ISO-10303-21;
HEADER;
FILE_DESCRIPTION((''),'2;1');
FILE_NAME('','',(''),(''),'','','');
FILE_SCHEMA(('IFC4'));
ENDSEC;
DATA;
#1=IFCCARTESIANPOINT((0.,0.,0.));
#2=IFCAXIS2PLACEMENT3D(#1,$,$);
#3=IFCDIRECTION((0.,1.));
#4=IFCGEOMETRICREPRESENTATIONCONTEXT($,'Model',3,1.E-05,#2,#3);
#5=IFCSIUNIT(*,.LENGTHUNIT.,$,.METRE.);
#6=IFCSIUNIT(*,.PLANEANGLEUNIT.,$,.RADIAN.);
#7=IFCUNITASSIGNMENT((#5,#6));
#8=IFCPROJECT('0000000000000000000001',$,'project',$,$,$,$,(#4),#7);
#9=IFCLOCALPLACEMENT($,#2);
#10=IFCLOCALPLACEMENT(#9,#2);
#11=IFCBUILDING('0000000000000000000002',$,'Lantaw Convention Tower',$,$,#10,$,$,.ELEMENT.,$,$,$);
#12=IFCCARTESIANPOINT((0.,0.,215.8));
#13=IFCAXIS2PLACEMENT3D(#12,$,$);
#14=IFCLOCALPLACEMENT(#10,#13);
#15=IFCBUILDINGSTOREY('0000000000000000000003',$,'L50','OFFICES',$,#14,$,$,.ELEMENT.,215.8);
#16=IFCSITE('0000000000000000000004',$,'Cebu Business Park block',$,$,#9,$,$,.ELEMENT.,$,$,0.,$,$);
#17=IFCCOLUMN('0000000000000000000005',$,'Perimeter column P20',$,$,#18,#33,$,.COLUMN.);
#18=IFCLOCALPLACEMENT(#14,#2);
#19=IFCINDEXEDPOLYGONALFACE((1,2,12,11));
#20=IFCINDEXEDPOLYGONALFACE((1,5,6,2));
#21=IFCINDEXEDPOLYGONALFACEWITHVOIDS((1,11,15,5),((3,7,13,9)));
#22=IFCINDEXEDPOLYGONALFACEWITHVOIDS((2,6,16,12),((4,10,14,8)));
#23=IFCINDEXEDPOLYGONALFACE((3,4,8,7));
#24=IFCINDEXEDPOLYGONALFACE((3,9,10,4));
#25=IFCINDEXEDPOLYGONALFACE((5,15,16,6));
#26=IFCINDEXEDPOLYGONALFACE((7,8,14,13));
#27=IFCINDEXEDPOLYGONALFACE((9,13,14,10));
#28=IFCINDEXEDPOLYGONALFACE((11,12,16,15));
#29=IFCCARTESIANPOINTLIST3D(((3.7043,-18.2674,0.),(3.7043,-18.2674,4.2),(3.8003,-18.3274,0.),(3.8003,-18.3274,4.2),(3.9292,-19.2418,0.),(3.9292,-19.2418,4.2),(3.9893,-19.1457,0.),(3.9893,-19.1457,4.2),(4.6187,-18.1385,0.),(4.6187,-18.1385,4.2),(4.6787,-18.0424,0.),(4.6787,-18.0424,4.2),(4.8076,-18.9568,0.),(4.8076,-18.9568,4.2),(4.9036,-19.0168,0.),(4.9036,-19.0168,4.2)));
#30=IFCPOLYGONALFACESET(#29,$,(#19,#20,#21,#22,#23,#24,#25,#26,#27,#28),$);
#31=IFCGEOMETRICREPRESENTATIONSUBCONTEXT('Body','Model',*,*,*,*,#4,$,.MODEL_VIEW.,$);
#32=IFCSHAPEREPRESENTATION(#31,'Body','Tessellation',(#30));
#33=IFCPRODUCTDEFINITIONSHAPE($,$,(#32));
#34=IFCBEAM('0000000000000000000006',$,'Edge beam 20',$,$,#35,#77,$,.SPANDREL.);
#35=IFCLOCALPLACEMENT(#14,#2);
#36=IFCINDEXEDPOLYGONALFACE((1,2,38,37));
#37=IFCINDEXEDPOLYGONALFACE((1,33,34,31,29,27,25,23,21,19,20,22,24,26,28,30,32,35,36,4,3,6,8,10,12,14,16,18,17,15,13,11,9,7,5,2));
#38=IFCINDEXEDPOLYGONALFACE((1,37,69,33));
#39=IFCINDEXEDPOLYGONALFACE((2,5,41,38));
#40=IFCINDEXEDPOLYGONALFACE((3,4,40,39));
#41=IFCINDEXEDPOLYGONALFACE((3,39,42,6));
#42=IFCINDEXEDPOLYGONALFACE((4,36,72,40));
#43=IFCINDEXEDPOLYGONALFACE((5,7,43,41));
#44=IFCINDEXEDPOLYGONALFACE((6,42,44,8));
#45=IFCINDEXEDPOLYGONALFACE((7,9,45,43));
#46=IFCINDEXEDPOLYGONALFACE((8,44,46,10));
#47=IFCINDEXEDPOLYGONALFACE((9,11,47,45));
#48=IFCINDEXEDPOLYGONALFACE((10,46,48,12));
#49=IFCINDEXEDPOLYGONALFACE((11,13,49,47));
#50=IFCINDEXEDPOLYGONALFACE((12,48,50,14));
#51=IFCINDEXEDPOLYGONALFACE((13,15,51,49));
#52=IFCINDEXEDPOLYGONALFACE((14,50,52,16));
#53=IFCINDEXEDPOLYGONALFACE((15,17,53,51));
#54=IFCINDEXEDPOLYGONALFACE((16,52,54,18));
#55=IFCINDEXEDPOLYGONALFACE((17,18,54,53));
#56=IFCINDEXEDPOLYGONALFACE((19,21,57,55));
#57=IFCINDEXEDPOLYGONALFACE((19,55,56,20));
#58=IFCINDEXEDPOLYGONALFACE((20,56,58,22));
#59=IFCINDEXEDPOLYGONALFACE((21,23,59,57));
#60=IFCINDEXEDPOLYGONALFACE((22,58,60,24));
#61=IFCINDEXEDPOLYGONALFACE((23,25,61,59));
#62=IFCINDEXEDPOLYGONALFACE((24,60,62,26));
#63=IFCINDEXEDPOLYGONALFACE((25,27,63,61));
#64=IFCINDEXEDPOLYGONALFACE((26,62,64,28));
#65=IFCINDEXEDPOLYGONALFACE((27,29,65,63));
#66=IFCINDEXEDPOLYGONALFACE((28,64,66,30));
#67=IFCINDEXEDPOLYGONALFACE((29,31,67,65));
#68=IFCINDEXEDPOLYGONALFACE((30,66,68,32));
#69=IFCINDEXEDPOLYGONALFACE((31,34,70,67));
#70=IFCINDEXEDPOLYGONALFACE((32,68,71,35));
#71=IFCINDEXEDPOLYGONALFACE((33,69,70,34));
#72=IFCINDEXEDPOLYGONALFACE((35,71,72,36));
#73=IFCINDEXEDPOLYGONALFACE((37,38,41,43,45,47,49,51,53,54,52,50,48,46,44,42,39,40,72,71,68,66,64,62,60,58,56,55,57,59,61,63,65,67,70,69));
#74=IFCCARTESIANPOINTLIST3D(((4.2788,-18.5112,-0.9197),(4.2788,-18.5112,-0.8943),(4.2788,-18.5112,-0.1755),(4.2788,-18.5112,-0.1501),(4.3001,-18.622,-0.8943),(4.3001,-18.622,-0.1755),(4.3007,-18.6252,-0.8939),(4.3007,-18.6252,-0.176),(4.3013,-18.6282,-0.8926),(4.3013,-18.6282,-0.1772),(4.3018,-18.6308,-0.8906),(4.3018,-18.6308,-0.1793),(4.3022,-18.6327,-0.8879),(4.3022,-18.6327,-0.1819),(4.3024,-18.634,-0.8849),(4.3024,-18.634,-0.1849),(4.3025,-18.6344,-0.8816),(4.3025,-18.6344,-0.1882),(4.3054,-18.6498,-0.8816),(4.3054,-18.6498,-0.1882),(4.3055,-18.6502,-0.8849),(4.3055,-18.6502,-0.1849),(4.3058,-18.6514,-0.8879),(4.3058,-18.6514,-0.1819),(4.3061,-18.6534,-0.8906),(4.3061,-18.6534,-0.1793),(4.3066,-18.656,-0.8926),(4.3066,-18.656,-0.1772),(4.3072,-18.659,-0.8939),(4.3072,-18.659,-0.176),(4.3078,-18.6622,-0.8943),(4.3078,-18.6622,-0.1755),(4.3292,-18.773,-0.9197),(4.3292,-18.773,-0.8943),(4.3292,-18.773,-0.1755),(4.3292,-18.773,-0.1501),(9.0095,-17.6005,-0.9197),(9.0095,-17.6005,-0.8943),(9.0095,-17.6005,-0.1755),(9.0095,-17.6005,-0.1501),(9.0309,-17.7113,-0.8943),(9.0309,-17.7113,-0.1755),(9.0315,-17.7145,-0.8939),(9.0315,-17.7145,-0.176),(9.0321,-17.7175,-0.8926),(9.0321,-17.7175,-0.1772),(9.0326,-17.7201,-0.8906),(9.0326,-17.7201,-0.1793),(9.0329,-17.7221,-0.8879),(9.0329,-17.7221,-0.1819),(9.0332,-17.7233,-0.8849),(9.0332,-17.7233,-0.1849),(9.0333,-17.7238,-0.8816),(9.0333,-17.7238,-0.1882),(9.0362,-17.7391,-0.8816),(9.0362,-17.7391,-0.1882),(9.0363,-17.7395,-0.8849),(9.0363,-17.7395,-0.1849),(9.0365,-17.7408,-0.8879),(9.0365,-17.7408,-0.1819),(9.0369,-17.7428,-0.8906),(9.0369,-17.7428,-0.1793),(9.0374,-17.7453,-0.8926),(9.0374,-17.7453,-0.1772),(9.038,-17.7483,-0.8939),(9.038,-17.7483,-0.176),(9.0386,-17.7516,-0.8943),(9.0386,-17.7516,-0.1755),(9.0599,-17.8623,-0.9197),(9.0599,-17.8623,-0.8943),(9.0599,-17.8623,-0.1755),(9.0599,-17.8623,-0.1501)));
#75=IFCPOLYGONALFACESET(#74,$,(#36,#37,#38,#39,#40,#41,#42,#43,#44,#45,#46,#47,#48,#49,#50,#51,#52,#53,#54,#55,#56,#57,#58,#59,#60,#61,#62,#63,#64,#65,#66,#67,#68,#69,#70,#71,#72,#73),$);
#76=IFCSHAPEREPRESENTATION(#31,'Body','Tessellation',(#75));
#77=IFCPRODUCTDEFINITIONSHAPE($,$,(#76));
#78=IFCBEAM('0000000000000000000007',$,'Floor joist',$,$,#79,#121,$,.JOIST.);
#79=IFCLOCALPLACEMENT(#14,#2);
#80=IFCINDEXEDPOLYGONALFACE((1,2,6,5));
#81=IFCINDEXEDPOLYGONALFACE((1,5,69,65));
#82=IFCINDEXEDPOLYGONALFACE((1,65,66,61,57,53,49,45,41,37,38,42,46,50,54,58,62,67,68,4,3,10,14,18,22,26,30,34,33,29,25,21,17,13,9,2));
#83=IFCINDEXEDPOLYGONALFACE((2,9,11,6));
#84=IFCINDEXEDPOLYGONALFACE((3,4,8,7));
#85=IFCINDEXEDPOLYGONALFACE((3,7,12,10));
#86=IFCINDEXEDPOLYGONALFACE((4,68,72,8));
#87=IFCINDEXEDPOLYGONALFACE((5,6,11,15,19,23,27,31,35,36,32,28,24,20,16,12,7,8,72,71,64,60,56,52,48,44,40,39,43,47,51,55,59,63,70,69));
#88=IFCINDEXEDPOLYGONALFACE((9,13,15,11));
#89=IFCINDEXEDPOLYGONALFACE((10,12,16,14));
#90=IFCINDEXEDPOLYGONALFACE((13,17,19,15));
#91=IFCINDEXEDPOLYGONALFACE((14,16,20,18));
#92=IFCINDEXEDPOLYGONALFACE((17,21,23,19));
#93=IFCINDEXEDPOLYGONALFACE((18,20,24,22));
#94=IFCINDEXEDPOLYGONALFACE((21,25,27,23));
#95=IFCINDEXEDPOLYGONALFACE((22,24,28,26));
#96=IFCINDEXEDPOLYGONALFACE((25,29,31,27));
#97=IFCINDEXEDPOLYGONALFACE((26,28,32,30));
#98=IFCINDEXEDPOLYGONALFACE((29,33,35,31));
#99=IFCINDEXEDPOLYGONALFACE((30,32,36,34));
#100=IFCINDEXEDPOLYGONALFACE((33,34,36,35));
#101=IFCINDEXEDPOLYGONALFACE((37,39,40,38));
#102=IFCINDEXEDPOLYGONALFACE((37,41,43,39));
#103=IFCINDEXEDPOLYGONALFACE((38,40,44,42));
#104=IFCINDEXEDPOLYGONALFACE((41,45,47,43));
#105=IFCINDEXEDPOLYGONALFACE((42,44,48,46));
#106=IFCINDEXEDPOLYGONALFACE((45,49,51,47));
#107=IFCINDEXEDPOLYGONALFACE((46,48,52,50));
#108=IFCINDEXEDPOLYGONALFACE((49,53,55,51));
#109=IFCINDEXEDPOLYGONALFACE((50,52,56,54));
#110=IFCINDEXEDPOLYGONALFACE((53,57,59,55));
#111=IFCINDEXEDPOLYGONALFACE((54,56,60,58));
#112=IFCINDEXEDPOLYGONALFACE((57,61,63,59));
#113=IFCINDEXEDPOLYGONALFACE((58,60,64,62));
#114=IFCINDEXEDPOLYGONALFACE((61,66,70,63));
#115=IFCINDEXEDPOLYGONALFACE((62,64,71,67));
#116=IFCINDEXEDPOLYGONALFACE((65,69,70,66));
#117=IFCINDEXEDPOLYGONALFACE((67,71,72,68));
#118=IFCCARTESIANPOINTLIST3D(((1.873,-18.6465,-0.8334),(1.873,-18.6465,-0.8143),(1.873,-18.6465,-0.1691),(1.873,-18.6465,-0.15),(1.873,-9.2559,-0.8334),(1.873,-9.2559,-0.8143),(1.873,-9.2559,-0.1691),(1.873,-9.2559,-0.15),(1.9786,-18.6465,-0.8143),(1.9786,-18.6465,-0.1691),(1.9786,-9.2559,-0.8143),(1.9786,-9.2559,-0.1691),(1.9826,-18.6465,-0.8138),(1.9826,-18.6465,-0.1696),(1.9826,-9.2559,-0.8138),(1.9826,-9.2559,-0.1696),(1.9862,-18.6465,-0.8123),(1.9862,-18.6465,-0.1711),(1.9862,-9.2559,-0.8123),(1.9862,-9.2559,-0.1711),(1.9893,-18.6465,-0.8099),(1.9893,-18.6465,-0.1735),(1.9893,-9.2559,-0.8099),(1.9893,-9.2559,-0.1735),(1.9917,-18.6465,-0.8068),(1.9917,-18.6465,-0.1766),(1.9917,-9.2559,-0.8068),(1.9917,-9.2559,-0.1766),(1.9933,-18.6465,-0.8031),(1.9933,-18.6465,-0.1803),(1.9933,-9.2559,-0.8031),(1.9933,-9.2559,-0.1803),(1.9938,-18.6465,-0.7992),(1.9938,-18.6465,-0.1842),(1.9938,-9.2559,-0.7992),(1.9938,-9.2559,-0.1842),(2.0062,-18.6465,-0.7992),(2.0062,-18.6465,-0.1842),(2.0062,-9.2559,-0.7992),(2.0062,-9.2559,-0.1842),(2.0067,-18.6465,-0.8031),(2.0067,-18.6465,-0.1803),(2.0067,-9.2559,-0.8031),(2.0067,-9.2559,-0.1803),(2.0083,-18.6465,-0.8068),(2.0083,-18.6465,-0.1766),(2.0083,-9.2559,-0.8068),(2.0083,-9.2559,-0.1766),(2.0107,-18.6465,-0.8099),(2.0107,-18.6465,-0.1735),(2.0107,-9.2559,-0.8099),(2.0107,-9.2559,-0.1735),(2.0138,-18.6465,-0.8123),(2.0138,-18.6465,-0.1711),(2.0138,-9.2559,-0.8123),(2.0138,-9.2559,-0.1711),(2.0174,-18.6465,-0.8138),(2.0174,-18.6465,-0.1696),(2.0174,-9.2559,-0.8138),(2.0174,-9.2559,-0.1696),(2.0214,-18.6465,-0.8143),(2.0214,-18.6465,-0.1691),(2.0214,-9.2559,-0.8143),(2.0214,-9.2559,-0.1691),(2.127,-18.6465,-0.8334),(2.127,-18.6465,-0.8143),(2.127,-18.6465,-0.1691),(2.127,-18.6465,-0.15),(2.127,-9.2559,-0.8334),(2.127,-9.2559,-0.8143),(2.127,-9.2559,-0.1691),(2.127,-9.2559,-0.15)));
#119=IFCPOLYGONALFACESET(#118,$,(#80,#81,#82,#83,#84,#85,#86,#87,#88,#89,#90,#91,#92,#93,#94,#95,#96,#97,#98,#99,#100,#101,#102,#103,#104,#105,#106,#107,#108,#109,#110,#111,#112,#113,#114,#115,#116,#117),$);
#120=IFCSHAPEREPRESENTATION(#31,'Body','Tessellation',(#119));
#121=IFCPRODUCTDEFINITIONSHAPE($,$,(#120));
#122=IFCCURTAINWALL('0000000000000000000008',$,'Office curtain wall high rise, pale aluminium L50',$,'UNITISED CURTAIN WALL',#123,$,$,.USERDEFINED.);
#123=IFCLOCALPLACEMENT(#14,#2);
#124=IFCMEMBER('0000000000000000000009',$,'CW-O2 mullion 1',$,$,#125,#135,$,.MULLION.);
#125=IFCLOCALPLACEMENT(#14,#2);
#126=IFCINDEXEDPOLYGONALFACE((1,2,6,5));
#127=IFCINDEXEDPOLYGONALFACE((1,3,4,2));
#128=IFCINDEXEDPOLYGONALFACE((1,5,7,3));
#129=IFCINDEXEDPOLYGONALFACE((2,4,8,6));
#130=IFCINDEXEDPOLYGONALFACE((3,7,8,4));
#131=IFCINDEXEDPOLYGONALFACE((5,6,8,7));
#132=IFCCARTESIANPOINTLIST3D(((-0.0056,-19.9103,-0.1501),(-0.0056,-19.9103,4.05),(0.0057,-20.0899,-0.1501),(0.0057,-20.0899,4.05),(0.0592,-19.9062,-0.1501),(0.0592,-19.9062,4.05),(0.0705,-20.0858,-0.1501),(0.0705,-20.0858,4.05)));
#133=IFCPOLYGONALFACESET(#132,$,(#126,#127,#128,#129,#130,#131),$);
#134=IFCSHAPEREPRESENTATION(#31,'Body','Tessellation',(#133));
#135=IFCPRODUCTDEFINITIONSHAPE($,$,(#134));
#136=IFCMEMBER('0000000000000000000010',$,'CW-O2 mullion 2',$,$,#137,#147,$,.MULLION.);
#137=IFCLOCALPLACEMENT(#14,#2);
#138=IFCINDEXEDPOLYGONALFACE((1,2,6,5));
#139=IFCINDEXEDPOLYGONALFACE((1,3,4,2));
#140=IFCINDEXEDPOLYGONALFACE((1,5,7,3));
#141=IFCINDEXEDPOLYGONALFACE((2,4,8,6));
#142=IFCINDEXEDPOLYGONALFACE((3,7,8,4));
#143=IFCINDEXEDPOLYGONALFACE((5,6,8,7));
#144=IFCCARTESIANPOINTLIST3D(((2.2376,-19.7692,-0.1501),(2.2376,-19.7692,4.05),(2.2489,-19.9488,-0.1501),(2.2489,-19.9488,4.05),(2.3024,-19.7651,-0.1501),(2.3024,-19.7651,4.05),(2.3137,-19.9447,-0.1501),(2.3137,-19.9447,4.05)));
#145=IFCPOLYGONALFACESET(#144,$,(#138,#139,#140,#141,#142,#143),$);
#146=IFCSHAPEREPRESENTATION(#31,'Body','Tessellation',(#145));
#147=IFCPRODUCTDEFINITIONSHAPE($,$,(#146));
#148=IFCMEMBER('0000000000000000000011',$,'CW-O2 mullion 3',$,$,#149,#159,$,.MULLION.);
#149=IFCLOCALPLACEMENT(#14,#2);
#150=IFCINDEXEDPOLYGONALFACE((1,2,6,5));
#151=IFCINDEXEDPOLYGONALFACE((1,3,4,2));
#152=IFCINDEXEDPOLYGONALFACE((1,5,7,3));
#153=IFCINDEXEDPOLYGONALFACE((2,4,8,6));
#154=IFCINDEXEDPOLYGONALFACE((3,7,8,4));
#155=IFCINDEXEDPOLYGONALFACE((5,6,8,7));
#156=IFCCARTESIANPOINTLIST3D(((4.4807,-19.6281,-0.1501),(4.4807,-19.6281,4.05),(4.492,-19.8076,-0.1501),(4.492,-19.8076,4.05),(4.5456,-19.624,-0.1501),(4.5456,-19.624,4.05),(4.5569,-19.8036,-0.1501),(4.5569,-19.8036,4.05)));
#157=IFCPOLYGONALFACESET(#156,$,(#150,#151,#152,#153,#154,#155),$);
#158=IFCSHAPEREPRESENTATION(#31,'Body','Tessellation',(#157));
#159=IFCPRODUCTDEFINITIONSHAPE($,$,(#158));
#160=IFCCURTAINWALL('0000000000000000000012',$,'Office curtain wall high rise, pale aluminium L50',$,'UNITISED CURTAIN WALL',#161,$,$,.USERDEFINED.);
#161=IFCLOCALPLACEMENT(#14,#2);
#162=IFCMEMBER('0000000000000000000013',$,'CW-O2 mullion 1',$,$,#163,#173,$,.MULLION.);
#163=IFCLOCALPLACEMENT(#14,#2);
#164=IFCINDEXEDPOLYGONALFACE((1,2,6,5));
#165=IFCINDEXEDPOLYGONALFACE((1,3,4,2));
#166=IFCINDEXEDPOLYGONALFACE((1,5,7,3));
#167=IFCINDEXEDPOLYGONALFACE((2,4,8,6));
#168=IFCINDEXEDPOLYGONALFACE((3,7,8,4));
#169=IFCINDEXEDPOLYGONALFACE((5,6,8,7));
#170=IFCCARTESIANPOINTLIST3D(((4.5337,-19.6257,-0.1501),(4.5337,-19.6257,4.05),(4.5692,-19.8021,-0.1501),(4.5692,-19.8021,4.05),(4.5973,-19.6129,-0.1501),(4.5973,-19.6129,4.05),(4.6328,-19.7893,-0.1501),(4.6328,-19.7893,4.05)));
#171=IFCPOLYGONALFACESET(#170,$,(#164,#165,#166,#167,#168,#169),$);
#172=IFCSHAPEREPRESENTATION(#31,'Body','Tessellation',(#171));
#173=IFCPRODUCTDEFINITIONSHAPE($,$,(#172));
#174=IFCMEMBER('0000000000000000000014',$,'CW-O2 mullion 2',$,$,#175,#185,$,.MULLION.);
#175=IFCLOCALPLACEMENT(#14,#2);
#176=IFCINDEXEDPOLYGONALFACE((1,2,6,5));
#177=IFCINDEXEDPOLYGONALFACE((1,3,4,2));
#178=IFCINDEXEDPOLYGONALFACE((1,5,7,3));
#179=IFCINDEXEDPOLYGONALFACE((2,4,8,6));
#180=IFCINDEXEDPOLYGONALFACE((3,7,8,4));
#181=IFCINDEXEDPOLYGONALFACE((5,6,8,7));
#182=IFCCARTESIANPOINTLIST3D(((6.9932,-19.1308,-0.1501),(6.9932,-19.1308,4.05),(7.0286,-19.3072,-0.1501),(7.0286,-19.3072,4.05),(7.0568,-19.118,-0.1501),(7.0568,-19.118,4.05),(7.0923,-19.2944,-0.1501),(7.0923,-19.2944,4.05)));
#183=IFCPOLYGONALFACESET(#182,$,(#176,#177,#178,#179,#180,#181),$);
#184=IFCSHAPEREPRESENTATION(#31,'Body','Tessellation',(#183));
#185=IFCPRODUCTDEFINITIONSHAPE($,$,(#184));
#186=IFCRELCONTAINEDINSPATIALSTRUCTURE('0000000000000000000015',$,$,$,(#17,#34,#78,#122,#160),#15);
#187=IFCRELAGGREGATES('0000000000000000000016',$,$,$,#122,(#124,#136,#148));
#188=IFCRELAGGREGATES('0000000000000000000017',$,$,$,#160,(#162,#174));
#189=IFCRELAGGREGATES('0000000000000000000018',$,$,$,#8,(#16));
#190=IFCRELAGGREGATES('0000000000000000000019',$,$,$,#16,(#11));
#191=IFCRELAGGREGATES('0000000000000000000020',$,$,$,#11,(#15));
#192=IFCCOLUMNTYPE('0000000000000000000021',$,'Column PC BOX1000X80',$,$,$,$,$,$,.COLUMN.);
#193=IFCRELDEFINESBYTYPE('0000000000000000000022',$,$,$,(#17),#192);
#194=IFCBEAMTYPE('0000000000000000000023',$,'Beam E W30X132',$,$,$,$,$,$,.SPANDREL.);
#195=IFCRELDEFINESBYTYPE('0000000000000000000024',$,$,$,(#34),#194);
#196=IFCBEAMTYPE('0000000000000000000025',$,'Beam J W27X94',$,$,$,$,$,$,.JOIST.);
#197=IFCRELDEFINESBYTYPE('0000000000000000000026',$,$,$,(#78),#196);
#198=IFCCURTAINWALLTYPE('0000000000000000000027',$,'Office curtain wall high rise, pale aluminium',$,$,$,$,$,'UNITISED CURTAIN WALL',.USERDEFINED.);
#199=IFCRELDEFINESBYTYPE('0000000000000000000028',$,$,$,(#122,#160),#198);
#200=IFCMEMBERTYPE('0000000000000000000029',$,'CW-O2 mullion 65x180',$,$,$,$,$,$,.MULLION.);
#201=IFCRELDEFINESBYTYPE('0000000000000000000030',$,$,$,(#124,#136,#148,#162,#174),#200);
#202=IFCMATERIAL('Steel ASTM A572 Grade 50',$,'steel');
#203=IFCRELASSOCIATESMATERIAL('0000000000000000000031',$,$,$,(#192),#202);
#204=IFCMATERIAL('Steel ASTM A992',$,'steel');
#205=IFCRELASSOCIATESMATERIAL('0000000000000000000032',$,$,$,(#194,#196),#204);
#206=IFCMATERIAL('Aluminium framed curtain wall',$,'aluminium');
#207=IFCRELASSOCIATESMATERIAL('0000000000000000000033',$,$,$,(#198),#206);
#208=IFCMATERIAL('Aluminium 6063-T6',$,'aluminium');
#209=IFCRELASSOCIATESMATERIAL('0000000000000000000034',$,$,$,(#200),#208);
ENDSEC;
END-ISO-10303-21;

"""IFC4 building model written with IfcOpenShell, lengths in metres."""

from ifc_helpers import new_model, si_unit, direction, frame, origin, origin_2d, place, context, subcontext, project, spatial, rectangle, hollow_rectangle, i_section, extrude, material, material_profile, profile_set, type_object, element, aggregate, save


model = new_model("IFC4")

# Units and contexts
model_context = context("Model", 3, precision=1e-05, world=origin(), true_north=direction((0.0, 1.0)))
body_context = subcontext(model_context, "Body", "Model", "MODEL_VIEW")
ifc_project = project(units=[si_unit("LENGTHUNIT", "METRE"), si_unit("PLANEANGLEUNIT", "RADIAN")], contexts=[model_context])

# Site, building, storey
site_placement = place(None, origin())
site = spatial("IfcSite", under=ifc_project, at=site_placement, Name="Cebu Business Park block", CompositionType="ELEMENT", RefElevation=0.0)
building_placement = place(site_placement, origin())
building = spatial("IfcBuilding", under=site, at=building_placement, Name="Lantaw Convention Tower", CompositionType="ELEMENT")
storey_placement = place(building_placement, frame((0.0, 0.0, 215.8)))
storey = spatial("IfcBuildingStorey", under=building, at=storey_placement, Name="L50", Description="OFFICES", CompositionType="ELEMENT", Elevation=215.8)

# Column
ifc_material_1 = material(Name="Steel ASTM A572 Grade 50", Category="steel")
ifc_material_profile_1 = material_profile(ifc_material_1, hollow_rectangle(XDim=1.0, YDim=1.0, WallThickness=0.0801, at=origin_2d()), Name="BOX1000X80")
ifc_material_2 = material(Name="Concrete C60/75", Category="concrete")
ifc_material_profile_2 = material_profile(ifc_material_2, rectangle(XDim=0.8401, YDim=0.8401, at=origin_2d()), Name="Concrete fill of BOX1000X80")
ifc_profile_set_1 = profile_set([ifc_material_profile_1, ifc_material_profile_2], Name="Steel ASTM A572 Grade 50")
column_type = type_object("IfcColumnType", Name="Column PC BOX1000X80", PredefinedType="COLUMN", material=ifc_profile_set_1)
column_placement = place(storey_placement, frame((4.304, -18.6421, 0.0), z_axis=(0.0, 0.0, 1.0), x_axis=(0.97437, 0.224951, 0.0)))
element("IfcColumn", 1, at=column_placement, inside=storey, type_object=column_type, Name="Perimeter column P20", PredefinedType="COLUMN", context=body_context, shape_type="SweptSolid", body=[
    extrude(hollow_rectangle(XDim=1.0, YDim=1.0, WallThickness=0.0801, at=origin_2d()), origin(), (0.0, 0.0, 1.0), 4.2),
])

# Beams
ifc_material_3 = material(Name="Steel ASTM A992", Category="steel")
ifc_material_profile_3 = material_profile(ifc_material_3, i_section(OverallWidth=0.2666, OverallDepth=0.7695, WebThickness=0.0156, FlangeThickness=0.0254, FilletRadius=0.0127, at=origin_2d()), Name="W30X132")
ifc_profile_set_2 = profile_set([ifc_material_profile_3], Name="Steel ASTM A992")
beam_type_1 = type_object("IfcBeamType", Name="Beam E W30X132", PredefinedType="SPANDREL", material=ifc_profile_set_2)
beam_1_placement = place(storey_placement, frame((4.304, -18.6421, -0.5349), z_axis=(0.981972, 0.189026, 0.0), x_axis=(-0.189026, 0.981972, 0.0)))
element("IfcBeam", 2, at=beam_1_placement, inside=storey, type_object=beam_type_1, Name="Edge beam 20", PredefinedType="SPANDREL", context=body_context, shape_type="SweptSolid", body=[
    extrude(i_section(OverallWidth=0.2666, OverallDepth=0.7695, WebThickness=0.0156, FlangeThickness=0.0254, FilletRadius=0.0127, at=origin_2d()), origin(), (0.0, 0.0, 1.0), 4.8176),
])
ifc_material_profile_4 = material_profile(ifc_material_3, i_section(OverallWidth=0.2539, OverallDepth=0.6833, WebThickness=0.0125, FlangeThickness=0.019, FilletRadius=0.0151, at=origin_2d()), Name="W27X94")
ifc_profile_set_3 = profile_set([ifc_material_profile_4], Name="Steel ASTM A992")
beam_type_2 = type_object("IfcBeamType", Name="Beam J W27X94", PredefinedType="JOIST", material=ifc_profile_set_3)
beam_2_placement = place(storey_placement, frame((2.0, -18.6465, -0.4917), z_axis=(0.0, 1.0, 0.0), x_axis=(-1.0, 0.0, 0.0)))
element("IfcBeam", 3, at=beam_2_placement, inside=storey, type_object=beam_type_2, Name="Floor joist", PredefinedType="JOIST", context=body_context, shape_type="SweptSolid", body=[
    extrude(i_section(OverallWidth=0.2539, OverallDepth=0.6833, WebThickness=0.0125, FlangeThickness=0.019, FilletRadius=0.0151, at=origin_2d()), origin(), (0.0, 0.0, 1.0), 9.3906),
])

# Curtain walls, members
ifc_material_4 = material(Name="Aluminium framed curtain wall", Category="aluminium")
curtain_wall_type = type_object("IfcCurtainWallType", Name="Office curtain wall high rise, pale aluminium", ElementType="UNITISED CURTAIN WALL", PredefinedType="USERDEFINED", material=ifc_material_4)
curtain_wall_1_placement = place(storey_placement, origin())
curtain_wall_1 = element("IfcCurtainWall", 4, at=curtain_wall_1_placement, inside=storey, type_object=curtain_wall_type, Name="Office curtain wall high rise, pale aluminium L50", ObjectType="UNITISED CURTAIN WALL", PredefinedType="USERDEFINED")
ifc_material_5 = material(Name="Aluminium 6063-T6", Category="aluminium")
ifc_material_profile_5 = material_profile(ifc_material_5, rectangle(XDim=0.1799, YDim=0.0649, at=origin_2d()), Name="CW-O2 mullion 65x180")
ifc_profile_set_4 = profile_set([ifc_material_profile_5], Name="Aluminium 6063-T6")
member_type_1 = type_object("IfcMemberType", Name="CW-O2 mullion 65x180", PredefinedType="MULLION", material=ifc_profile_set_4)
member_1_placement = place(storey_placement, frame((0.0325, -19.998, -0.1501), z_axis=(0.0, 0.0, 1.0), x_axis=(-0.062758, 0.998029, 0.0)))
member_1 = element("IfcMember", 5, at=member_1_placement, type_object=member_type_1, Name="CW-O2 mullion 1", PredefinedType="MULLION", context=body_context, shape_type="SweptSolid", body=[
    extrude(rectangle(XDim=0.1799, YDim=0.0649, at=origin_2d()), origin(), (0.0, 0.0, 1.0), 4.2002),
])
member_2_placement = place(storey_placement, frame((2.2756, -19.8569, -0.1501), z_axis=(0.0, 0.0, 1.0), x_axis=(-0.062758, 0.998029, 0.0)))
member_2 = element("IfcMember", 6, at=member_2_placement, type_object=member_type_1, Name="CW-O2 mullion 2", PredefinedType="MULLION", context=body_context, shape_type="SweptSolid", body=[
    extrude(rectangle(XDim=0.1799, YDim=0.0649, at=origin_2d()), origin(), (0.0, 0.0, 1.0), 4.2002),
])
member_3_placement = place(storey_placement, frame((4.5188, -19.7158, -0.1501), z_axis=(0.0, 0.0, 1.0), x_axis=(-0.062758, 0.998029, 0.0)))
member_3 = element("IfcMember", 7, at=member_3_placement, type_object=member_type_1, Name="CW-O2 mullion 3", PredefinedType="MULLION", context=body_context, shape_type="SweptSolid", body=[
    extrude(rectangle(XDim=0.1799, YDim=0.0649, at=origin_2d()), origin(), (0.0, 0.0, 1.0), 4.2002),
])
curtain_wall_2_placement = place(storey_placement, origin())
curtain_wall_2 = element("IfcCurtainWall", 8, at=curtain_wall_2_placement, inside=storey, type_object=curtain_wall_type, Name="Office curtain wall high rise, pale aluminium L50", ObjectType="UNITISED CURTAIN WALL", PredefinedType="USERDEFINED")
member_4_placement = place(storey_placement, frame((4.5833, -19.7075, -0.1501), z_axis=(0.0, 0.0, 1.0), x_axis=(-0.197183, 0.980367, 0.0)))
member_4 = element("IfcMember", 9, at=member_4_placement, type_object=member_type_1, Name="CW-O2 mullion 1", PredefinedType="MULLION", context=body_context, shape_type="SweptSolid", body=[
    extrude(rectangle(XDim=0.1799, YDim=0.0649, at=origin_2d()), origin(), (0.0, 0.0, 1.0), 4.2002),
])
member_5_placement = place(storey_placement, frame((7.0427, -19.2126, -0.1501), z_axis=(0.0, 0.0, 1.0), x_axis=(-0.197183, 0.980367, 0.0)))
member_5 = element("IfcMember", 10, at=member_5_placement, type_object=member_type_1, Name="CW-O2 mullion 2", PredefinedType="MULLION", context=body_context, shape_type="SweptSolid", body=[
    extrude(rectangle(XDim=0.1799, YDim=0.0649, at=origin_2d()), origin(), (0.0, 0.0, 1.0), 4.2002),
])

aggregate(curtain_wall_1, [member_1, member_2, member_3])
aggregate(curtain_wall_2, [member_4, member_5])

save(model, "model.ifc")
